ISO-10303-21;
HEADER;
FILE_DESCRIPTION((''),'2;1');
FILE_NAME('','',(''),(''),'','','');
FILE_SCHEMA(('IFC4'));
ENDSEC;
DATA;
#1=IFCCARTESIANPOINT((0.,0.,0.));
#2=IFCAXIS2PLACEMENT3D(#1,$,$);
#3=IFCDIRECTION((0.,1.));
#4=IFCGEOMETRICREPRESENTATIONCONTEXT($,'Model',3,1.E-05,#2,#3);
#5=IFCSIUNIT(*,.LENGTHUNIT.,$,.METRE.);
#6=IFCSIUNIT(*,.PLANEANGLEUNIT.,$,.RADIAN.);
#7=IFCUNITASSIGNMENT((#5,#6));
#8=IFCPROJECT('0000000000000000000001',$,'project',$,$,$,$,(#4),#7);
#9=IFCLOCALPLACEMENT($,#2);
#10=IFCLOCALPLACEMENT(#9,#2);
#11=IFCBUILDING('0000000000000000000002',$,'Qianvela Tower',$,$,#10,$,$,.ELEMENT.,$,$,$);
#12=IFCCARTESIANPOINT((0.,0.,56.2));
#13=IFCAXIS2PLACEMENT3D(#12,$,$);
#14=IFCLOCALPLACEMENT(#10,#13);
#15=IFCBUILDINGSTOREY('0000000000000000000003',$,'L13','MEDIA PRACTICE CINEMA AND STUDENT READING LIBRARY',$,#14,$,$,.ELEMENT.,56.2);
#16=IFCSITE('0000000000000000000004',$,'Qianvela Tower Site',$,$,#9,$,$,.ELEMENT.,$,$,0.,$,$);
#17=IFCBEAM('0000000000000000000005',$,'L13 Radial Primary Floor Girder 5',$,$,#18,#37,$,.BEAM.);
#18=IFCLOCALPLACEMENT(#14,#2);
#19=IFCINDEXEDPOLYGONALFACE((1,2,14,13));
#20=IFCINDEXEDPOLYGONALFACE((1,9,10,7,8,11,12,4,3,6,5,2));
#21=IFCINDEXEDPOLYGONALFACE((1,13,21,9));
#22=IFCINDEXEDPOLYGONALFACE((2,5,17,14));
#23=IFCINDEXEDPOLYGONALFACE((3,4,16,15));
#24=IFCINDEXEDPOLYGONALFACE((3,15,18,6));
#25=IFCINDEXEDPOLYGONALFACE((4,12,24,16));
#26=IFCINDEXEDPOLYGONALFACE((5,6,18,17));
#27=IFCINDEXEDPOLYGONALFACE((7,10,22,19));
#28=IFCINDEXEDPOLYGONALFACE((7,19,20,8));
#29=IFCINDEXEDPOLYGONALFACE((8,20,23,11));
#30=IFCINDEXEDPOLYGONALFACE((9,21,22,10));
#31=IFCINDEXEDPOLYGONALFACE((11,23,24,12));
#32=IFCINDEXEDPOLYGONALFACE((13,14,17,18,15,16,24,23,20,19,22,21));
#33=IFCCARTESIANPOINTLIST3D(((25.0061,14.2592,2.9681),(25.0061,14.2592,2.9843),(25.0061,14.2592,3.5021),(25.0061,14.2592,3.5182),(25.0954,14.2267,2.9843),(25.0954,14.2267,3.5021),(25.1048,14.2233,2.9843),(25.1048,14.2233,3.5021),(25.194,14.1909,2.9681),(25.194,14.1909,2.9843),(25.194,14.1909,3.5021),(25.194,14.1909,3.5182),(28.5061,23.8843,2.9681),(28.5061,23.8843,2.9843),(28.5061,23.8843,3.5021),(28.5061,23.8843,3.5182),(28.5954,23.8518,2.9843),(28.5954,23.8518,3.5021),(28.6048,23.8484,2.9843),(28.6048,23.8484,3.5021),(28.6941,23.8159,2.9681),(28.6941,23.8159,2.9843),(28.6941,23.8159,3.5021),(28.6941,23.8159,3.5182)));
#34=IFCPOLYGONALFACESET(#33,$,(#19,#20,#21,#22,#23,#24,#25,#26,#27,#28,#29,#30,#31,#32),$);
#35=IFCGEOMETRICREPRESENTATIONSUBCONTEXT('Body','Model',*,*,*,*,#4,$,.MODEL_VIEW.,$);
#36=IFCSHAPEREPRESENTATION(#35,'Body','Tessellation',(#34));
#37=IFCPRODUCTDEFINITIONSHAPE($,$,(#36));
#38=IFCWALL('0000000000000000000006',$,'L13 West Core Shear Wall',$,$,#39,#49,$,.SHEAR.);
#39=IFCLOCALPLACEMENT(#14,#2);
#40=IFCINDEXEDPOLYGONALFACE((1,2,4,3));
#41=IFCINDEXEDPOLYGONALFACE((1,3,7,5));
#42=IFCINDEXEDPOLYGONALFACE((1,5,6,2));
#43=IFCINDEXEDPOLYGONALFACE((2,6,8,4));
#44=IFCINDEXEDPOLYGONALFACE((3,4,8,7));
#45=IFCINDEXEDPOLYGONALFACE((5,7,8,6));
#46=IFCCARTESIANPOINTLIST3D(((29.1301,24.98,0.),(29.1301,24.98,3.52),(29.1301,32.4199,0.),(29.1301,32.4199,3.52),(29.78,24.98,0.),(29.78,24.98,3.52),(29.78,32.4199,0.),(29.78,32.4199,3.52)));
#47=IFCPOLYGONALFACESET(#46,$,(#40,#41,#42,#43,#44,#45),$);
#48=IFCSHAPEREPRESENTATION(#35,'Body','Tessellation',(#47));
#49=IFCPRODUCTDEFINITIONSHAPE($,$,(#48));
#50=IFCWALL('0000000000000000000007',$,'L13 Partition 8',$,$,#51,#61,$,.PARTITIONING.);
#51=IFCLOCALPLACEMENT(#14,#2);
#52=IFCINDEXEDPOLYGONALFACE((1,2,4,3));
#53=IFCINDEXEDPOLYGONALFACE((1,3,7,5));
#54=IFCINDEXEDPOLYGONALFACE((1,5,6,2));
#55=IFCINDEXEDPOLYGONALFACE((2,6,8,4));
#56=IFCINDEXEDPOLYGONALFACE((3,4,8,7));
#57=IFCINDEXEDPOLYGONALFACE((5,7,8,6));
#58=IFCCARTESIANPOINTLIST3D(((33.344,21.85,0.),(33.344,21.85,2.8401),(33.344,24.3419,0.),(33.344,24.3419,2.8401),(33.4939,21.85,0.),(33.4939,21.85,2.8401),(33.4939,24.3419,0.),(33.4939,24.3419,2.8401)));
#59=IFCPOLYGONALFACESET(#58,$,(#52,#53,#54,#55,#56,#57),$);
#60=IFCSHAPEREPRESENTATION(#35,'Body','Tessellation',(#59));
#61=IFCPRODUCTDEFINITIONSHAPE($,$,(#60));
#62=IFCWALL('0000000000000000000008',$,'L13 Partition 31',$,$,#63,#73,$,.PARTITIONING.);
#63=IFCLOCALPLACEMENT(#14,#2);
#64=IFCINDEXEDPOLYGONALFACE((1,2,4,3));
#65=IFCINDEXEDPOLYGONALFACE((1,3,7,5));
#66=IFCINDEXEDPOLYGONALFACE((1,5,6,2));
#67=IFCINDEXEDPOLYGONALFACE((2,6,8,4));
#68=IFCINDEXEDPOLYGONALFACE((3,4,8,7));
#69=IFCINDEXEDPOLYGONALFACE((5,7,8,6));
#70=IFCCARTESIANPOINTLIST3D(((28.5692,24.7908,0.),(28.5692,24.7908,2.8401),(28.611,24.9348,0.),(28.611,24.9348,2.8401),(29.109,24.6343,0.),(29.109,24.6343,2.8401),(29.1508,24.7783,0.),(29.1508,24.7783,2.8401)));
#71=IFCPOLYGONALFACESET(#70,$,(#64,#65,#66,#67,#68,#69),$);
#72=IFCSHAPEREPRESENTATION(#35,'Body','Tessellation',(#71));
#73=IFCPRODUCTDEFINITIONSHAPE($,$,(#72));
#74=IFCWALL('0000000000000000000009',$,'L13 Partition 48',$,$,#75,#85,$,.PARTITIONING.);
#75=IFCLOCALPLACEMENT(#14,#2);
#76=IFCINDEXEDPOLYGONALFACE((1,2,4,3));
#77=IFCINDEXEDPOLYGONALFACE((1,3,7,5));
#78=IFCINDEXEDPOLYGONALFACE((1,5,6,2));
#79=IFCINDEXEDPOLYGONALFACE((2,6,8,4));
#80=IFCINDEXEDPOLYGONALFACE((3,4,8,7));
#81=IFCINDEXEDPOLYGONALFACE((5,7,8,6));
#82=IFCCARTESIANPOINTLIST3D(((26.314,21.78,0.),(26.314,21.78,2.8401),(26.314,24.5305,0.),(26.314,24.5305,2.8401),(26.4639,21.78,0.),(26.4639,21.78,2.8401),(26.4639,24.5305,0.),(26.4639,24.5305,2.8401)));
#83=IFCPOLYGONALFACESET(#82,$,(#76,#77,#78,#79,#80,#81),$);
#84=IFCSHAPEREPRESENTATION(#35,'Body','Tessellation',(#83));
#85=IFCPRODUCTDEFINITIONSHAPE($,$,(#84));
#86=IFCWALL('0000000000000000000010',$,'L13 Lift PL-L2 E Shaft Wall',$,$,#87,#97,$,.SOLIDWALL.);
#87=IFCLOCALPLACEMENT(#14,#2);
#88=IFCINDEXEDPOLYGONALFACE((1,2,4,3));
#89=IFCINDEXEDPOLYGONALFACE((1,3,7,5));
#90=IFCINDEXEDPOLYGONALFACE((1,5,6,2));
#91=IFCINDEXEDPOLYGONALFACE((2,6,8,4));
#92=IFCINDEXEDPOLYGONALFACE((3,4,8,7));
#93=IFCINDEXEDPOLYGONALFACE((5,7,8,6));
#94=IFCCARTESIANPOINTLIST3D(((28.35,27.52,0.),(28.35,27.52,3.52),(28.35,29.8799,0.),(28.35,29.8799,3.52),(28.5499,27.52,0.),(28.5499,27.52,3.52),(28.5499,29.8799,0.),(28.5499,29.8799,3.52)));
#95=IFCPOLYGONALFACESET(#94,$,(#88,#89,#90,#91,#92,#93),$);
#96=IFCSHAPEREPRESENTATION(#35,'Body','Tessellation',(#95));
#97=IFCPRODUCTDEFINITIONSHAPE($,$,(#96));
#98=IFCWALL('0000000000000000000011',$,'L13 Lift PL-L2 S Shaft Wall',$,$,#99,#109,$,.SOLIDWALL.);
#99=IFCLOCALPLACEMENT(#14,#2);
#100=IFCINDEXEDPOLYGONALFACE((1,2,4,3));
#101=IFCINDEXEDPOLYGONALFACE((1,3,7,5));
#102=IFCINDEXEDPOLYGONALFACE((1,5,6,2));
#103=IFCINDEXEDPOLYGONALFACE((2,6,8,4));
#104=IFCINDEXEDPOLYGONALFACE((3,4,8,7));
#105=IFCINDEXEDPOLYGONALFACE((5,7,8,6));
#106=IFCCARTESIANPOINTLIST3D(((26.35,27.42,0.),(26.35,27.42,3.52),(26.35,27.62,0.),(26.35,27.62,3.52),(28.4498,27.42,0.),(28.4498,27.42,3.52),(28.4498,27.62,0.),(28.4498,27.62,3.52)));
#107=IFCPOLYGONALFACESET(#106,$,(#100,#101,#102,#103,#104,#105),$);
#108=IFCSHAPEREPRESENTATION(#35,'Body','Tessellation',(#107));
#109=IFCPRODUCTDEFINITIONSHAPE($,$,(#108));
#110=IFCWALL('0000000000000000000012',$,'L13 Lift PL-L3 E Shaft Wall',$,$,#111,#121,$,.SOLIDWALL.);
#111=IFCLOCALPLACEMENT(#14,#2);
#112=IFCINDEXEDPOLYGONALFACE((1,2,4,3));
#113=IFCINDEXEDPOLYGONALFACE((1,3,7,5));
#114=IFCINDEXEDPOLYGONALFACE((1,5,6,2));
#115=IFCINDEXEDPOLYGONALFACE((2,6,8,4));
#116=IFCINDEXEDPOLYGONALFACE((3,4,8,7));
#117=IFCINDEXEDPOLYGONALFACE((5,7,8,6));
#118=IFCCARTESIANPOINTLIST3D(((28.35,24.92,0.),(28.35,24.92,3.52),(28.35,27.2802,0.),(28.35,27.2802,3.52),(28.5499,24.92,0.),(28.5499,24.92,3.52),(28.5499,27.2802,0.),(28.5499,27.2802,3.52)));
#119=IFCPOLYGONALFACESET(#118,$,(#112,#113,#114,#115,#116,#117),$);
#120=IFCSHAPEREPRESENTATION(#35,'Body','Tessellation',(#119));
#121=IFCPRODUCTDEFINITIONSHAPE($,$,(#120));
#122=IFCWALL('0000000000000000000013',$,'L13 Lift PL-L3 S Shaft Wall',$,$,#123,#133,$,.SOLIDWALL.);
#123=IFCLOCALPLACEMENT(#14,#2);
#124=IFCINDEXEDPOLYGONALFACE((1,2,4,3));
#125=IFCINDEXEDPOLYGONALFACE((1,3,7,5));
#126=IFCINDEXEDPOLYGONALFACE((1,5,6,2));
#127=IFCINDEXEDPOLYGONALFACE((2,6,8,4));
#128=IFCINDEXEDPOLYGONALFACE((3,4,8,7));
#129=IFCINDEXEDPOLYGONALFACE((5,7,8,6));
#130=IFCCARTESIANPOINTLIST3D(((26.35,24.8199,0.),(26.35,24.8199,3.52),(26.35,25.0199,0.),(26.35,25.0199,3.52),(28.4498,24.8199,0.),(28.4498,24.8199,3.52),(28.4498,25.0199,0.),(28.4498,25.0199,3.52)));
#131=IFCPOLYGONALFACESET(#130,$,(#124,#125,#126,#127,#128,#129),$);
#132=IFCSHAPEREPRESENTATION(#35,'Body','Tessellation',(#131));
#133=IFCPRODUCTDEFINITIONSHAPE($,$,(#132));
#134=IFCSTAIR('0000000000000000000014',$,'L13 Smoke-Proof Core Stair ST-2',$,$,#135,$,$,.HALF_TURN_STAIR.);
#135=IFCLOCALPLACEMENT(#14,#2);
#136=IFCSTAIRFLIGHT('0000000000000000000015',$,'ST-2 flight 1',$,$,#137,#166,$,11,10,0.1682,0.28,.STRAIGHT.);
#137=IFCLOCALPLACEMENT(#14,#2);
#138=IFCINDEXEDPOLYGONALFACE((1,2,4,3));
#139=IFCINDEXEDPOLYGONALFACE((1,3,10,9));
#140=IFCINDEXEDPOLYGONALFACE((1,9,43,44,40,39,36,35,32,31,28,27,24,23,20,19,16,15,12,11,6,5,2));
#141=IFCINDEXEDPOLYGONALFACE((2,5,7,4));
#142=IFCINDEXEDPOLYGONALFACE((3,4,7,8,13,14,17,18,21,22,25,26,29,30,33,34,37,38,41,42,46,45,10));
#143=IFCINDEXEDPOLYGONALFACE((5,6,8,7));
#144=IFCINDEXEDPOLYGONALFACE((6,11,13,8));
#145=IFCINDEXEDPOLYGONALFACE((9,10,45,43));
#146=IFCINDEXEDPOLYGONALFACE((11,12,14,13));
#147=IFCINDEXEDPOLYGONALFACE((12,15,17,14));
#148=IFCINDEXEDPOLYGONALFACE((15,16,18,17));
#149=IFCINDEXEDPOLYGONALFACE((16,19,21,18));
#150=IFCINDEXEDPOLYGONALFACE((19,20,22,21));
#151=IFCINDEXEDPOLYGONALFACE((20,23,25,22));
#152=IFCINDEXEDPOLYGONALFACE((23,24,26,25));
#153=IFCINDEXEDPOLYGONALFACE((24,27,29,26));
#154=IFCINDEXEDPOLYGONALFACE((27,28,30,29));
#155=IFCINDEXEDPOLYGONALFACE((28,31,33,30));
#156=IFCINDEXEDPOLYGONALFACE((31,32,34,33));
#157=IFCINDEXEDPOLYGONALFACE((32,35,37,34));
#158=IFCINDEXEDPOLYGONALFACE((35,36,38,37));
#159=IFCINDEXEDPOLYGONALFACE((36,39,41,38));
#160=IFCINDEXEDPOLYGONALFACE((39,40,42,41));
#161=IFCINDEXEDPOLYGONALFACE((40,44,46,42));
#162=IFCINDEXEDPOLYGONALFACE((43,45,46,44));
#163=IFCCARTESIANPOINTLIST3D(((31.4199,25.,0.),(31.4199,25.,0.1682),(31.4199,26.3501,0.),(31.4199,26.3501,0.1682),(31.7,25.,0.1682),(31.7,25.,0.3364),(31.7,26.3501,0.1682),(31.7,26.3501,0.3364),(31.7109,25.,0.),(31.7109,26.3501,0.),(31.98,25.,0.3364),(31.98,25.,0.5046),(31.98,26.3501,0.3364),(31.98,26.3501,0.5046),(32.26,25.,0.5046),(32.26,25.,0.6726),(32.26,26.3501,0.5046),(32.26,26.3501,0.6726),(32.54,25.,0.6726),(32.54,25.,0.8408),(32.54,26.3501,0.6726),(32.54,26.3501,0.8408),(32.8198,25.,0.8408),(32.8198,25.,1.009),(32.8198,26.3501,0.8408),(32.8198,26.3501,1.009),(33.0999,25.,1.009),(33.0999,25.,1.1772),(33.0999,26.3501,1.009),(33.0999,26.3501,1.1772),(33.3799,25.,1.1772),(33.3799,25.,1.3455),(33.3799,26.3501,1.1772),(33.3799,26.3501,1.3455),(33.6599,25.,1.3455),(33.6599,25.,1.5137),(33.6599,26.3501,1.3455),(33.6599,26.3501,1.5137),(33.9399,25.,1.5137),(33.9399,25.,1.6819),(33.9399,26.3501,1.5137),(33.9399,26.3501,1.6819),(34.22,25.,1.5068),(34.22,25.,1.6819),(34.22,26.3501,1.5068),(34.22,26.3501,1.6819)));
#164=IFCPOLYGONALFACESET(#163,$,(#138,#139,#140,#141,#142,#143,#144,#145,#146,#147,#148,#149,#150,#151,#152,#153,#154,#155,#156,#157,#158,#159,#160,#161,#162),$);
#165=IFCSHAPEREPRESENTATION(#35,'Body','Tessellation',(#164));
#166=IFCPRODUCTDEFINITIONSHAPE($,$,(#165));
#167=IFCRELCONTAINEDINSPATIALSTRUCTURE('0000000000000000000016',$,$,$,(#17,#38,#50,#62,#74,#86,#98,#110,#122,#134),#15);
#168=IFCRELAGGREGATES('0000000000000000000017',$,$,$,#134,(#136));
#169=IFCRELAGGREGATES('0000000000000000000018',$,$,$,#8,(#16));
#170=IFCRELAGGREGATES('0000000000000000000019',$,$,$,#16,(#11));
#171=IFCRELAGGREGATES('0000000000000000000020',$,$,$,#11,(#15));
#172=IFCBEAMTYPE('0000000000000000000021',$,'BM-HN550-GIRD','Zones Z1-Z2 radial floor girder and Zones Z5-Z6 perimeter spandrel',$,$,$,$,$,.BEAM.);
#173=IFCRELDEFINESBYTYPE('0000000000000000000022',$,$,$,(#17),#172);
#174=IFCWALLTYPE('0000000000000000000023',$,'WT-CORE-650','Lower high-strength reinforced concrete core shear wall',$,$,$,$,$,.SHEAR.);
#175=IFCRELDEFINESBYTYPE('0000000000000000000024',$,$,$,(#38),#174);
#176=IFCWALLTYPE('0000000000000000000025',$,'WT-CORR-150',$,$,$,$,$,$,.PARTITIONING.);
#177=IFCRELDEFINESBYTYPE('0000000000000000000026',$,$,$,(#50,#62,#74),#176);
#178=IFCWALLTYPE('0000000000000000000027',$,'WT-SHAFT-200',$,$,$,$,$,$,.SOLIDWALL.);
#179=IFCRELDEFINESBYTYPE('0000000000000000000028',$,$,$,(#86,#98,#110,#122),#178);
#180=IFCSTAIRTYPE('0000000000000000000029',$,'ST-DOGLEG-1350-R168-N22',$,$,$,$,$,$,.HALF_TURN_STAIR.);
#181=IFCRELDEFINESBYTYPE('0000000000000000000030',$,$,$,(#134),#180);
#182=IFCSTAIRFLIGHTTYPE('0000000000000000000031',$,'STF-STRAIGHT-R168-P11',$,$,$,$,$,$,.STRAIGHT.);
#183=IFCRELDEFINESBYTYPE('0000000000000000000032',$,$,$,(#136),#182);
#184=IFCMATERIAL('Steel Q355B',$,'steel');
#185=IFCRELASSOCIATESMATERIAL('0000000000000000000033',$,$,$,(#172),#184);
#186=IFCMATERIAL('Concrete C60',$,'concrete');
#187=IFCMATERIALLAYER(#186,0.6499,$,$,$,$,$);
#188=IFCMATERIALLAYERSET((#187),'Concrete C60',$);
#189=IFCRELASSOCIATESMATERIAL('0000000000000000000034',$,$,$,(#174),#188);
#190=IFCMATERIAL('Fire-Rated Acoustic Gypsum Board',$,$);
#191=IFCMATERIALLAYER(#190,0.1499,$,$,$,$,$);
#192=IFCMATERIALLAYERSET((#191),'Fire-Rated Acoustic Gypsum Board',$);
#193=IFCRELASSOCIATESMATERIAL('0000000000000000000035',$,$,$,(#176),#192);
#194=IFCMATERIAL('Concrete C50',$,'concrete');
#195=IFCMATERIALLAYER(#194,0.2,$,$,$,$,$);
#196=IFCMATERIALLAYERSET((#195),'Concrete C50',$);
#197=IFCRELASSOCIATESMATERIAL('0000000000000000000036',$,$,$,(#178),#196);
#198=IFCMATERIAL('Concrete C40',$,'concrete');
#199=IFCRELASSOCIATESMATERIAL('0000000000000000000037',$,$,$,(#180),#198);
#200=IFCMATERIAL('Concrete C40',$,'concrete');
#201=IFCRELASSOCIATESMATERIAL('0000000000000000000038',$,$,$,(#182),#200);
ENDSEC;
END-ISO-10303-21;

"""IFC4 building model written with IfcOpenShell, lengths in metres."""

from ifc_helpers import new_model, si_unit, direction, frame, frame_2d, origin, origin_2d, place, context, subcontext, project, spatial, polyline, rectangle, i_section, outline, extrude, material, layer, layer_set, material_profile, profile_set, type_object, element, aggregate, save


model = new_model("IFC4")

# Units and contexts
model_context = context("Model", 3, precision=1e-05, world=origin(), true_north=direction((0.0, 1.0)))
body_context = subcontext(model_context, "Body", "Model", "MODEL_VIEW")
ifc_project = project(units=[si_unit("LENGTHUNIT", "METRE"), si_unit("PLANEANGLEUNIT", "RADIAN")], contexts=[model_context])

# Site, building, storey
site_placement = place(None, origin())
site = spatial("IfcSite", under=ifc_project, at=site_placement, Name="Qianvela Tower Site", CompositionType="ELEMENT", RefElevation=0.0)
building_placement = place(site_placement, origin())
building = spatial("IfcBuilding", under=site, at=building_placement, Name="Qianvela Tower", CompositionType="ELEMENT")
storey_placement = place(building_placement, frame((0.0, 0.0, 56.2)))
storey = spatial("IfcBuildingStorey", under=building, at=storey_placement, Name="L13", Description="MEDIA PRACTICE CINEMA AND STUDENT READING LIBRARY", CompositionType="ELEMENT", Elevation=56.2)

# Beam
ifc_material_1 = material(Name="Steel Q355B", Category="steel")
ifc_material_profile = material_profile(ifc_material_1, i_section(OverallWidth=0.2, OverallDepth=0.55, WebThickness=0.01, FlangeThickness=0.0161, at=origin_2d()), Name="HN550x200x10x16")
ifc_profile_set = profile_set([ifc_material_profile], Name="Steel Q355B")
beam_type = type_object("IfcBeamType", Name="BM-HN550-GIRD", Description="Zones Z1-Z2 radial floor girder and Zones Z5-Z6 perimeter spandrel", PredefinedType="BEAM", material=ifc_profile_set)
beam_placement = place(storey_placement, frame((28.6001, 23.8501, 3.2432), z_axis=(-0.341743, -0.939793, 0.0), x_axis=(0.939793, -0.341743, 0.0)))
element("IfcBeam", 1, at=beam_placement, inside=storey, type_object=beam_type, Name="L13 Radial Primary Floor Girder 5", PredefinedType="BEAM", context=body_context, shape_type="SweptSolid", body=[
    extrude(i_section(OverallWidth=0.2, OverallDepth=0.55, WebThickness=0.01, FlangeThickness=0.0161, at=origin_2d()), origin(), (0.0, 0.0, 1.0), 10.2417),
])

# Shared definitions
ifc_material_2 = material(Name="Concrete C60", Category="concrete")
ifc_layer_1 = layer(ifc_material_2, 0.6499)
ifc_layer_set_1 = layer_set([ifc_layer_1], Name="Concrete C60")
wall_type_1 = type_object("IfcWallType", Name="WT-CORE-650", Description="Lower high-strength reinforced concrete core shear wall", PredefinedType="SHEAR", material=ifc_layer_set_1)

# Walls
wall_1_placement = place(storey_placement, frame((29.4551, 24.98, 0.0), z_axis=(0.0, 0.0, 1.0), x_axis=(0.0, 1.0, 0.0)))
element("IfcWall", 2, at=wall_1_placement, inside=storey, type_object=wall_type_1, Name="L13 West Core Shear Wall", PredefinedType="SHEAR", context=body_context, shape_type="SweptSolid", body=[
    extrude(rectangle(XDim=7.4399, YDim=0.6499, at=frame_2d((3.72, 0.0))), origin(), (0.0, 0.0, 1.0), 3.52),
])
ifc_material_3 = material(Name="Fire-Rated Acoustic Gypsum Board")
ifc_layer_2 = layer(ifc_material_3, 0.1499)
ifc_layer_set_2 = layer_set([ifc_layer_2], Name="Fire-Rated Acoustic Gypsum Board")
wall_type_2 = type_object("IfcWallType", Name="WT-CORR-150", PredefinedType="PARTITIONING", material=ifc_layer_set_2)
wall_2_placement = place(storey_placement, frame((33.4189, 24.342, 0.0), z_axis=(0.0, 0.0, 1.0), x_axis=(0.0, -1.0, 0.0)))
element("IfcWall", 3, at=wall_2_placement, inside=storey, type_object=wall_type_2, Name="L13 Partition 8", PredefinedType="PARTITIONING", context=body_context, shape_type="SweptSolid", body=[
    extrude(rectangle(XDim=2.4919, YDim=0.1499, at=frame_2d((1.2461, 0.0))), origin(), (0.0, 0.0, 1.0), 2.8401),
])
wall_3_placement = place(storey_placement, frame((29.1299, 24.7063, 0.0), z_axis=(0.0, 0.0, 1.0), x_axis=(-0.960451, 0.278448, 0.0)))
element("IfcWall", 4, at=wall_3_placement, inside=storey, type_object=wall_type_2, Name="L13 Partition 31", PredefinedType="PARTITIONING", context=body_context, shape_type="SweptSolid", body=[
    extrude(rectangle(XDim=0.562, YDim=0.1499, at=frame_2d((0.281, 0.0))), origin(), (0.0, 0.0, 1.0), 2.8401),
])
wall_4_placement = place(storey_placement, frame((26.3889, 24.5305, 0.0), z_axis=(0.0, 0.0, 1.0), x_axis=(0.0, -1.0, 0.0)))
element("IfcWall", 5, at=wall_4_placement, inside=storey, type_object=wall_type_2, Name="L13 Partition 48", PredefinedType="PARTITIONING", context=body_context, shape_type="SweptSolid", body=[
    extrude(rectangle(XDim=2.7505, YDim=0.1499, at=frame_2d((1.3752, 0.0))), origin(), (0.0, 0.0, 1.0), 2.8401),
])
ifc_material_4 = material(Name="Concrete C50", Category="concrete")
ifc_layer_3 = layer(ifc_material_4, 0.2)
ifc_layer_set_3 = layer_set([ifc_layer_3], Name="Concrete C50")
wall_type_3 = type_object("IfcWallType", Name="WT-SHAFT-200", PredefinedType="SOLIDWALL", material=ifc_layer_set_3)
wall_5_placement = place(storey_placement, frame((28.45, 27.52, 0.0), z_axis=(0.0, 0.0, 1.0), x_axis=(0.0, 1.0, 0.0)))
element("IfcWall", 6, at=wall_5_placement, inside=storey, type_object=wall_type_3, Name="L13 Lift PL-L2 E Shaft Wall", PredefinedType="SOLIDWALL", context=body_context, shape_type="SweptSolid", body=[
    extrude(rectangle(XDim=2.3599, YDim=0.2, at=frame_2d((1.1799, 0.0))), origin(), (0.0, 0.0, 1.0), 3.52),
])

# Walls
wall_6_placement = place(storey_placement, frame((26.3501, 27.52, 0.0), z_axis=(0.0, 0.0, 1.0), x_axis=(1.0, 0.0, 0.0)))
element("IfcWall", 7, at=wall_6_placement, inside=storey, type_object=wall_type_3, Name="L13 Lift PL-L2 S Shaft Wall", PredefinedType="SOLIDWALL", context=body_context, shape_type="SweptSolid", body=[
    extrude(rectangle(XDim=2.0999, YDim=0.2, at=frame_2d((1.0498, 0.0))), origin(), (0.0, 0.0, 1.0), 3.52),
])
wall_7_placement = place(storey_placement, frame((28.45, 24.9199, 0.0), z_axis=(0.0, 0.0, 1.0), x_axis=(0.0, 1.0, 0.0)))
element("IfcWall", 8, at=wall_7_placement, inside=storey, type_object=wall_type_3, Name="L13 Lift PL-L3 E Shaft Wall", PredefinedType="SOLIDWALL", context=body_context, shape_type="SweptSolid", body=[
    extrude(rectangle(XDim=2.3601, YDim=0.2, at=frame_2d((1.1802, 0.0))), origin(), (0.0, 0.0, 1.0), 3.52),
])

# Wall
wall_8_placement = place(storey_placement, frame((26.3501, 24.9199, 0.0), z_axis=(0.0, 0.0, 1.0), x_axis=(1.0, 0.0, 0.0)))
element("IfcWall", 9, at=wall_8_placement, inside=storey, type_object=wall_type_3, Name="L13 Lift PL-L3 S Shaft Wall", PredefinedType="SOLIDWALL", context=body_context, shape_type="SweptSolid", body=[
    extrude(rectangle(XDim=2.0999, YDim=0.2, at=frame_2d((1.0498, 0.0))), origin(), (0.0, 0.0, 1.0), 3.52),
])

# Stair, stair flight
ifc_material_5 = material(Name="Concrete C40", Category="concrete")
stair_type = type_object("IfcStairType", Name="ST-DOGLEG-1350-R168-N22", PredefinedType="HALF_TURN_STAIR", material=ifc_material_5)
stair_placement = place(storey_placement, origin())
stair = element("IfcStair", 10, at=stair_placement, inside=storey, type_object=stair_type, Name="L13 Smoke-Proof Core Stair ST-2", PredefinedType="HALF_TURN_STAIR")
ifc_material_6 = material(Name="Concrete C40", Category="concrete")
stair_flight_type = type_object("IfcStairFlightType", Name="STF-STRAIGHT-R168-P11", PredefinedType="STRAIGHT", material=ifc_material_6)
stair_flight_placement = place(storey_placement, frame((31.4199, 25.675, 0.0), z_axis=(0.0, 0.0, 1.0), x_axis=(1.0, 0.0, 0.0)))
stair_flight = element("IfcStairFlight", 11, at=stair_flight_placement, type_object=stair_flight_type, Name="ST-2 flight 1", NumberOfRisers=11, NumberOfTreads=10, PredefinedType="STRAIGHT", RiserHeight=0.1682, TreadLength=0.28, context=body_context, shape_type="SweptSolid", body=[
    extrude(outline(polyline([(0.0, 0.0), (0.0, 0.1682), (0.28, 0.1682), (0.28, 0.3364), (0.5601, 0.3364), (0.5601, 0.5046), (0.8401, 0.5046), (0.8401, 0.6726), (1.1201, 0.6726), (1.1201, 0.8408), (1.3999, 0.8408), (1.3999, 1.009), (1.6799, 1.009), (1.6799, 1.1772), (1.96, 1.1772), (1.96, 1.3455), (2.24, 1.3455), (2.24, 1.5137), (2.52, 1.5137), (2.52, 1.6819), (2.8, 1.6819), (2.8, 1.8501), (2.8, 1.5068), (0.291, 0.0), (0.0, 0.0)])), frame((0.0, 0.675, 0.0), z_axis=(0.0, -1.0, 0.0), x_axis=(1.0, 0.0, 0.0)), (0.0, 0.0, 1.0), 1.3501),
])
aggregate(stair, [stair_flight])

save(model, "model.ifc")
